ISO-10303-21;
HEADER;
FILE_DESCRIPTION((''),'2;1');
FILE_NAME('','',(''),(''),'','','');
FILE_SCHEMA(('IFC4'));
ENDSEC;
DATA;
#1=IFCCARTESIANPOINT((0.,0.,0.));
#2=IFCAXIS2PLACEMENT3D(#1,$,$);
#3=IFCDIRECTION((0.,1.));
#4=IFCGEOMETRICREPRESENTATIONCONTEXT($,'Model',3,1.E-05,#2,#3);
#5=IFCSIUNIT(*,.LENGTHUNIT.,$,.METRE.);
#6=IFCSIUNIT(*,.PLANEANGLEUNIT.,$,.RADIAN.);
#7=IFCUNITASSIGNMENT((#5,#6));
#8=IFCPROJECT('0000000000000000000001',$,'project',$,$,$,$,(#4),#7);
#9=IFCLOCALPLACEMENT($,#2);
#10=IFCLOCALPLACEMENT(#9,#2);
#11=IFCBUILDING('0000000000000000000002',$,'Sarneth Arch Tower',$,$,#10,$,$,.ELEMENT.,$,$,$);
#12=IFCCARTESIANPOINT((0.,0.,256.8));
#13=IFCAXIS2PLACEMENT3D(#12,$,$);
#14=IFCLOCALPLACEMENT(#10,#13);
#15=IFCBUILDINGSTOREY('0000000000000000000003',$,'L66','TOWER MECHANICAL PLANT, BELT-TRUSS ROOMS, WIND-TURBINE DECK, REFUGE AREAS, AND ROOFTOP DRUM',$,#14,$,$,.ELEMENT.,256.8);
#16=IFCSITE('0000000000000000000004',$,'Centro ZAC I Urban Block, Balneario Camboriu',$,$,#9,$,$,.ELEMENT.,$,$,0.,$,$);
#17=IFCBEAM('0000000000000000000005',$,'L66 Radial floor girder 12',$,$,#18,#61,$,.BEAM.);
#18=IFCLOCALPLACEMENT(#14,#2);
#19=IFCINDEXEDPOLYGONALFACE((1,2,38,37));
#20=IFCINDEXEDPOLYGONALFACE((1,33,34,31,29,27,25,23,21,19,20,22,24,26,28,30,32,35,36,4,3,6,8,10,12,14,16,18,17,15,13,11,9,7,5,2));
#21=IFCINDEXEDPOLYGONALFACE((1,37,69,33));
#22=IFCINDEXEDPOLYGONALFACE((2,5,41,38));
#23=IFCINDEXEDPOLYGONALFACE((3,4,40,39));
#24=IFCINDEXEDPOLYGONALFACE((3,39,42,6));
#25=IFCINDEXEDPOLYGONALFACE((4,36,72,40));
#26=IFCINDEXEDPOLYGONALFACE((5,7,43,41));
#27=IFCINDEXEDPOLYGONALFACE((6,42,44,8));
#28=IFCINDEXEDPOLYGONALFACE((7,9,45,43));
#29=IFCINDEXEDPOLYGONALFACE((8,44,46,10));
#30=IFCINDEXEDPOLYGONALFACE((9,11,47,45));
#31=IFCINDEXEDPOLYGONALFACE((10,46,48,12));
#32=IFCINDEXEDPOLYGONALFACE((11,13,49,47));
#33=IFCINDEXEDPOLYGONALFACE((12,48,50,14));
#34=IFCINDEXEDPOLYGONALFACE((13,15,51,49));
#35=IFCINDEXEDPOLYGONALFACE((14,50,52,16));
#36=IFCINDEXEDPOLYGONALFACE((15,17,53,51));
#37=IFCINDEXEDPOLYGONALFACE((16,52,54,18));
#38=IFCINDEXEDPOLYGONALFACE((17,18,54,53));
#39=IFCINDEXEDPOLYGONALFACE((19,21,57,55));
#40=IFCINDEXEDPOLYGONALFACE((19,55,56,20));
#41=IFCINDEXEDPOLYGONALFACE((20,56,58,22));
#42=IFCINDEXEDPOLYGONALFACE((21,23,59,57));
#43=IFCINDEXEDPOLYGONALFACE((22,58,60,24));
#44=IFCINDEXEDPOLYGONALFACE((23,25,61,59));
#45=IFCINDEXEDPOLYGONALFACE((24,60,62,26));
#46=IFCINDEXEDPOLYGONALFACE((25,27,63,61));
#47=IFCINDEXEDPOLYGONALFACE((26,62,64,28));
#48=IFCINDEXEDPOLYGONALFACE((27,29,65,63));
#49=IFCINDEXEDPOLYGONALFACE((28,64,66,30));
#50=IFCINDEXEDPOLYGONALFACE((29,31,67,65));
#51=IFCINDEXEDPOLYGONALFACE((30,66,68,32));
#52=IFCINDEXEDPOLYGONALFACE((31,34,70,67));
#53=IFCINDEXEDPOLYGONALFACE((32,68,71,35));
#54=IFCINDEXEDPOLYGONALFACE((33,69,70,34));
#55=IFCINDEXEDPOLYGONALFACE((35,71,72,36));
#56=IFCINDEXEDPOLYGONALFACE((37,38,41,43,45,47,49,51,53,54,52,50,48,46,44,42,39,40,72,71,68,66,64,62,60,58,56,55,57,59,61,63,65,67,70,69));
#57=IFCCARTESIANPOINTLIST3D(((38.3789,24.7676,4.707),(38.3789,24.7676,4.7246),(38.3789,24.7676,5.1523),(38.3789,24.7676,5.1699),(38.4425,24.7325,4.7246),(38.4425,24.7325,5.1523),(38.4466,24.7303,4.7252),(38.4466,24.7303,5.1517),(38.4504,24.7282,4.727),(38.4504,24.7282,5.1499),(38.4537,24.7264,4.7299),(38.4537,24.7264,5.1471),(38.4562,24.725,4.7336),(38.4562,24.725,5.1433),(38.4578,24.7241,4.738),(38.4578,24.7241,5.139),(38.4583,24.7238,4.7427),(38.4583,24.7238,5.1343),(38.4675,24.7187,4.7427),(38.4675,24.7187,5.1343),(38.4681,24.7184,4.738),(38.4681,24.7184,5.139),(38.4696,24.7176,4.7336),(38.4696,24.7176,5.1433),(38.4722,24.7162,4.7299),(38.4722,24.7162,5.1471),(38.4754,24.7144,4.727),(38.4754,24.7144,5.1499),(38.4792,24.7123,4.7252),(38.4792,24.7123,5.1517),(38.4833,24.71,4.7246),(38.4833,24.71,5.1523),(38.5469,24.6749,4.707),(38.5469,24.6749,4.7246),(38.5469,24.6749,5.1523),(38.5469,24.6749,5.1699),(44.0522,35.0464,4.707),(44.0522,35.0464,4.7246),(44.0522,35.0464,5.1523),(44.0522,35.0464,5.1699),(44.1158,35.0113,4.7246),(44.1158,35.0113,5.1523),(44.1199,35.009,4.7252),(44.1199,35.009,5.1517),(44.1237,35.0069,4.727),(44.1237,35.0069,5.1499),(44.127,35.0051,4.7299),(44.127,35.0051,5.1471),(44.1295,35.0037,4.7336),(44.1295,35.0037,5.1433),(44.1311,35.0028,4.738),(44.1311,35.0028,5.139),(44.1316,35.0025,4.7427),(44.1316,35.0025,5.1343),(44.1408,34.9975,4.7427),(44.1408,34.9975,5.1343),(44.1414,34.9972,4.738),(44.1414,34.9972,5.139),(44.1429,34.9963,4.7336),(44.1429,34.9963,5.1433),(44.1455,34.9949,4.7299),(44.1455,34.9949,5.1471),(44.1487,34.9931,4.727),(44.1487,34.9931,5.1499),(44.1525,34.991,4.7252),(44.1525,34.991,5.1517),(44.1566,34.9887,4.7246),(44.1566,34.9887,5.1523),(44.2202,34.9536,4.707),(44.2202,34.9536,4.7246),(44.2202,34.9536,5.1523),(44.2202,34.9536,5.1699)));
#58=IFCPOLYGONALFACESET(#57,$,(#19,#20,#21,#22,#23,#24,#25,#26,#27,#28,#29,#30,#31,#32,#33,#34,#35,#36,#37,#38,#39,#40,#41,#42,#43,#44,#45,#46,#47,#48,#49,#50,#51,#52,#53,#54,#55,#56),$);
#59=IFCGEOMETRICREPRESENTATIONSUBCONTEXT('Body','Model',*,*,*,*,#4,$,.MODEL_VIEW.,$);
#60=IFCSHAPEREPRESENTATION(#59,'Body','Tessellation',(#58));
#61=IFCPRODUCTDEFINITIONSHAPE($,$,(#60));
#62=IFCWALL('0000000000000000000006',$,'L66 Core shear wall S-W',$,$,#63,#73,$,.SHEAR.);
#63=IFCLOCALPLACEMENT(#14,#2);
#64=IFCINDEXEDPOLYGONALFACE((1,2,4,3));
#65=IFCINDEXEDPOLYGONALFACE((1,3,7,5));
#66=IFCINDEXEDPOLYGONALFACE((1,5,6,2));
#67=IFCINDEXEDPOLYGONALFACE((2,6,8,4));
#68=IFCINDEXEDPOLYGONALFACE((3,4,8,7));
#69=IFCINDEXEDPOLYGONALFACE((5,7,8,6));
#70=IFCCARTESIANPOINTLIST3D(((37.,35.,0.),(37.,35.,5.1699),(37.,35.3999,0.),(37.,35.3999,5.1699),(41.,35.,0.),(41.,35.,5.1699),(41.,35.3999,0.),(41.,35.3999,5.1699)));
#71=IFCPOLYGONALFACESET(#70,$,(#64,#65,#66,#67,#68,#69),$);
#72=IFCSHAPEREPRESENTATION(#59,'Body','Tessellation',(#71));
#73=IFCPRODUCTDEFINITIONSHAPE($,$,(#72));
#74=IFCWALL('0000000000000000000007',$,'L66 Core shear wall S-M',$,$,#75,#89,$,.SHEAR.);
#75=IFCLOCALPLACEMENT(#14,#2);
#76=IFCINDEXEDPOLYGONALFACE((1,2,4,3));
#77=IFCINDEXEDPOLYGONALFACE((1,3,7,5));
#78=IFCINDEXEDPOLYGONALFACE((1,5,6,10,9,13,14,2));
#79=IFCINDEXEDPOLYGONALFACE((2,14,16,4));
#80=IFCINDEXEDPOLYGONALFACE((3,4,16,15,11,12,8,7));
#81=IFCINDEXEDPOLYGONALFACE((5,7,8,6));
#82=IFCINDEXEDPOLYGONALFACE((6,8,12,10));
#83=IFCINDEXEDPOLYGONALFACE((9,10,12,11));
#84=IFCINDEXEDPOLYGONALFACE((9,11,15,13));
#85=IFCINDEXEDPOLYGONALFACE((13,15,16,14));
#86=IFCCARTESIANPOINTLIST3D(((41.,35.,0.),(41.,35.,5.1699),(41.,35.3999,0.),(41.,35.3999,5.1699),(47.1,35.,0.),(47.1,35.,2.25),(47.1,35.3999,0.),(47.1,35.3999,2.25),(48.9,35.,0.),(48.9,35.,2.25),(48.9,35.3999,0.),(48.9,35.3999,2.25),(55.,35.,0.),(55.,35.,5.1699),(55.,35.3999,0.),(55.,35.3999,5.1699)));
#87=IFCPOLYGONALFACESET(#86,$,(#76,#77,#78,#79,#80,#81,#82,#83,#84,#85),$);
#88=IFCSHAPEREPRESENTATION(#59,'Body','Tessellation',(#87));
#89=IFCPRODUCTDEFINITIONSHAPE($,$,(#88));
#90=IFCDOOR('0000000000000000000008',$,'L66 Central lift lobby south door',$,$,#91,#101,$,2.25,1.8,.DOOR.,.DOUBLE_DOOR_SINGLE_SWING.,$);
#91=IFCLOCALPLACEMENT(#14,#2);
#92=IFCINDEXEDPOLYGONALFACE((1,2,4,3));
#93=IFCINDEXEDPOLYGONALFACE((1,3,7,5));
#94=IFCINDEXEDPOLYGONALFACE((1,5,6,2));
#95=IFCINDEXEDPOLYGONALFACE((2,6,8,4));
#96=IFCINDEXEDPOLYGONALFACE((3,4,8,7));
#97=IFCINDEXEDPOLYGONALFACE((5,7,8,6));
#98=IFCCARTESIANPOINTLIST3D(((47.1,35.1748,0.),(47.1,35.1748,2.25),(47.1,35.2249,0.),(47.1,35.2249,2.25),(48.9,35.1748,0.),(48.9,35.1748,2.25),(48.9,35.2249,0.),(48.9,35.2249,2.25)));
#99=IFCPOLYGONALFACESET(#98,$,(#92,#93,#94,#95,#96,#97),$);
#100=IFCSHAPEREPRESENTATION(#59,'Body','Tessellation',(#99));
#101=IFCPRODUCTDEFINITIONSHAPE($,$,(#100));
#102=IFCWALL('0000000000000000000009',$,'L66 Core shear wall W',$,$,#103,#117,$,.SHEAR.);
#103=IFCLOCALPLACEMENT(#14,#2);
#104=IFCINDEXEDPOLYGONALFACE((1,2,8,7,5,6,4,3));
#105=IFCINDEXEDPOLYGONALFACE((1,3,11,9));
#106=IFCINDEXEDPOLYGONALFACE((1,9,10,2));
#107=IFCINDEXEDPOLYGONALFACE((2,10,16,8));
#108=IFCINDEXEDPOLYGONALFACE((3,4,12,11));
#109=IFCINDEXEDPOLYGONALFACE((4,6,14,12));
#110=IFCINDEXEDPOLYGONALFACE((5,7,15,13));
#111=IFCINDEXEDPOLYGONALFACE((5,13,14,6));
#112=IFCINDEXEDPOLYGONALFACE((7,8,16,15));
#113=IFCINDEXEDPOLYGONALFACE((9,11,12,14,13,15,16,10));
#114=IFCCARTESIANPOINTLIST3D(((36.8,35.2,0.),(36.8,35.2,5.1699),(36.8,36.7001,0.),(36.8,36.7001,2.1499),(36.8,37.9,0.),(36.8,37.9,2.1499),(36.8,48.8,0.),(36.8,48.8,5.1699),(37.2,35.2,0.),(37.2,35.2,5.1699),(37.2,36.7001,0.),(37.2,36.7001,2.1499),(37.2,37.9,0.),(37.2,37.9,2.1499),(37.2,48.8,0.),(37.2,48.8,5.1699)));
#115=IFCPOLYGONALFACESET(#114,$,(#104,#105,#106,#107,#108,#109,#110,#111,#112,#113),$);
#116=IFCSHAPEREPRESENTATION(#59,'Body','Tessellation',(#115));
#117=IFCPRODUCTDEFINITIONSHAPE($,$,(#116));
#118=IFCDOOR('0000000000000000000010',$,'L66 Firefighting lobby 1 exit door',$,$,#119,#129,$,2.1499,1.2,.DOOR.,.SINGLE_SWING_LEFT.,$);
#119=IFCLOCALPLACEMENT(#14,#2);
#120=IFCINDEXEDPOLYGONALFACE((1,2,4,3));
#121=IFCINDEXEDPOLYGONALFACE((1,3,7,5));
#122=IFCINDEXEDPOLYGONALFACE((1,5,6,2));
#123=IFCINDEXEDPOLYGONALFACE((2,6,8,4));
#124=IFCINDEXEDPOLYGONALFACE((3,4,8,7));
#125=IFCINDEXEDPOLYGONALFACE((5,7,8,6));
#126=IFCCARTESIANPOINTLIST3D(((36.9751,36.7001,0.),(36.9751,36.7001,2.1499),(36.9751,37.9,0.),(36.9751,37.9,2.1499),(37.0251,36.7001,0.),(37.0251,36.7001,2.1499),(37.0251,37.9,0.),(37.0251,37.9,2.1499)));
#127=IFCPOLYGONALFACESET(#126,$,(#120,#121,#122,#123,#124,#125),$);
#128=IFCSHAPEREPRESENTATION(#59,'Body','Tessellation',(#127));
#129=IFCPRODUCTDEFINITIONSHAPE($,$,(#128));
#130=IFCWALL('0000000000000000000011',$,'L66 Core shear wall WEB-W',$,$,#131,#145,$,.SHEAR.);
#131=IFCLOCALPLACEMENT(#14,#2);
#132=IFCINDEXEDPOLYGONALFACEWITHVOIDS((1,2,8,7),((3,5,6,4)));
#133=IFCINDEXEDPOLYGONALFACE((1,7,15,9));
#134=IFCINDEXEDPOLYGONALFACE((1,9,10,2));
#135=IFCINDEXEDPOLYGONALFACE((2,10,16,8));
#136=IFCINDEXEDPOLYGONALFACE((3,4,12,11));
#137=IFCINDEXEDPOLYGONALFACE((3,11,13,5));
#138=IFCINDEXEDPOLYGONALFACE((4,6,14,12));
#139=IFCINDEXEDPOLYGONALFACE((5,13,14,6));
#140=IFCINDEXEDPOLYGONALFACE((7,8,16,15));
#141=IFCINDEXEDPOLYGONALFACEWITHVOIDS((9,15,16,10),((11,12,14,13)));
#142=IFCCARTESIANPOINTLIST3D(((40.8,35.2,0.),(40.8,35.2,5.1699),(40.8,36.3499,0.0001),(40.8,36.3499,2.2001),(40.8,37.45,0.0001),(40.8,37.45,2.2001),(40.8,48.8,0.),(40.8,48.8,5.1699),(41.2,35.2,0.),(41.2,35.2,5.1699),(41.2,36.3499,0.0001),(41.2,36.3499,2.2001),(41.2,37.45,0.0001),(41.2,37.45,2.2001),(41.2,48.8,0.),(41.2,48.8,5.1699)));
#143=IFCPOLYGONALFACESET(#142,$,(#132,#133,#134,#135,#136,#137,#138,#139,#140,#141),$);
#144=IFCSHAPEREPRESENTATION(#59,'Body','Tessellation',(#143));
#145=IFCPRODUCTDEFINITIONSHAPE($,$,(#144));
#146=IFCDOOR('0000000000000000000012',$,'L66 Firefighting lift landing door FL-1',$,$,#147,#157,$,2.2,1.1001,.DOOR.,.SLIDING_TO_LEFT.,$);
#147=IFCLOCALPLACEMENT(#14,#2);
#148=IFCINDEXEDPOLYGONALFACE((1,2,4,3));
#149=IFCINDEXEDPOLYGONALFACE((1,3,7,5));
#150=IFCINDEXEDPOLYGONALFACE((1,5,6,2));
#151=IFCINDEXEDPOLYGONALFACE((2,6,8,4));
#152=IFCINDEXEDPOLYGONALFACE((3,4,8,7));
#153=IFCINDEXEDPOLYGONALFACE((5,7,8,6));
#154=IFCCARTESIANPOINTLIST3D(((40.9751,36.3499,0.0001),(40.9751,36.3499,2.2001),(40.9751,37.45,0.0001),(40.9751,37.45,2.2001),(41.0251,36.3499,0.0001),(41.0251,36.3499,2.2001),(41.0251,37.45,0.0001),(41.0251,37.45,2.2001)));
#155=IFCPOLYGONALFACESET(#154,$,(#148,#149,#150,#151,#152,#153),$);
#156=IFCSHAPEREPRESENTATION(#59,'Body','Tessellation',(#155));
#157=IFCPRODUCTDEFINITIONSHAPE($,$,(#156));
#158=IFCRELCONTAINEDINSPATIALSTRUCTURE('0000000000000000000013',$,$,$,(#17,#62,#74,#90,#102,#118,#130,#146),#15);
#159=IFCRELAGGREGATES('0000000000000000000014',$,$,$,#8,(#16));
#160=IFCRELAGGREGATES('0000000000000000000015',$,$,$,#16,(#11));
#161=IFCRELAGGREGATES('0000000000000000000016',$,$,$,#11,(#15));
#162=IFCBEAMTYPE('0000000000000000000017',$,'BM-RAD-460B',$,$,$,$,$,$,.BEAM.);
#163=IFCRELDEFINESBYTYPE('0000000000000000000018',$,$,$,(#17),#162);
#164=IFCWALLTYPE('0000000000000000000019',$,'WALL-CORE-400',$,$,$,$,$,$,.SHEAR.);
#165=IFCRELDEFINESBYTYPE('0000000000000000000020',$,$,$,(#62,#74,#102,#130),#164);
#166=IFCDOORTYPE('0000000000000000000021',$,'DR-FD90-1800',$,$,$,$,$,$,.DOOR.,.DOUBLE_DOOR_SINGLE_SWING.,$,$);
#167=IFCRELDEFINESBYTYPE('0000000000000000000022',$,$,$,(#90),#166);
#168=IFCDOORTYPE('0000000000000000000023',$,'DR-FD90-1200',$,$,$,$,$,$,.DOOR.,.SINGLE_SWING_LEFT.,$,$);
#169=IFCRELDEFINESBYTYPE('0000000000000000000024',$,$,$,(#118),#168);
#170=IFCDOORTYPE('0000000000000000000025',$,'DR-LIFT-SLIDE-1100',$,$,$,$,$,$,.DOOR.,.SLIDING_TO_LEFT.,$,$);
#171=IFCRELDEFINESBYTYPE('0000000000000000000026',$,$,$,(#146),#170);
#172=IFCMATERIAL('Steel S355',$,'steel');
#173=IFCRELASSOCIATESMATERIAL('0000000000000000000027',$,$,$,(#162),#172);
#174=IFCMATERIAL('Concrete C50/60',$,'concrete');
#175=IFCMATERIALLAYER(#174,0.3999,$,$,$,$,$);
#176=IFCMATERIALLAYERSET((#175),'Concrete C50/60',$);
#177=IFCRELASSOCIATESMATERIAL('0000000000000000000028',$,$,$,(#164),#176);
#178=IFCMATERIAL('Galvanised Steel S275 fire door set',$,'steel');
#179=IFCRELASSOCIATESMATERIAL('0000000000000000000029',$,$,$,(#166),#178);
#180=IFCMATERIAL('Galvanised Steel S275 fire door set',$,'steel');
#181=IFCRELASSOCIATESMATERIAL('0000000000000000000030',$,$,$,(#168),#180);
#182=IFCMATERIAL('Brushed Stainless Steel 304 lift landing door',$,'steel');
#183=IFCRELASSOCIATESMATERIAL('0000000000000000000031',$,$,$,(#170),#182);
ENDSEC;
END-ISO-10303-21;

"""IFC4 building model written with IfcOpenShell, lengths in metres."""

from ifc_helpers import new_model, si_unit, direction, frame, frame_2d, origin, origin_2d, place, context, subcontext, project, spatial, rectangle, i_section, extrude, material, layer, layer_set, material_profile, profile_set, type_object, element, fill, save


model = new_model("IFC4")

# Units and contexts
model_context = context("Model", 3, precision=1e-05, world=origin(), true_north=direction((0.0, 1.0)))
body_context = subcontext(model_context, "Body", "Model", "MODEL_VIEW")
ifc_project = project(units=[si_unit("LENGTHUNIT", "METRE"), si_unit("PLANEANGLEUNIT", "RADIAN")], contexts=[model_context])

# Site, building, storey
site_placement = place(None, origin())
site = spatial("IfcSite", under=ifc_project, at=site_placement, Name="Centro ZAC I Urban Block, Balneario Camboriu", CompositionType="ELEMENT", RefElevation=0.0)
building_placement = place(site_placement, origin())
building = spatial("IfcBuilding", under=site, at=building_placement, Name="Sarneth Arch Tower", CompositionType="ELEMENT")
storey_placement = place(building_placement, frame((0.0, 0.0, 256.8)))
storey = spatial("IfcBuildingStorey", under=building, at=storey_placement, Name="L66", Description="TOWER MECHANICAL PLANT, BELT-TRUSS ROOMS, WIND-TURBINE DECK, REFUGE AREAS, AND ROOFTOP DRUM", CompositionType="ELEMENT", Elevation=256.8)

# Beam
ifc_material_1 = material(Name="Steel S355", Category="steel")
ifc_material_profile_1 = material_profile(ifc_material_1, i_section(OverallWidth=0.1919, OverallDepth=0.4629, WebThickness=0.0105, FlangeThickness=0.0176, FilletRadius=0.0181, at=origin_2d()), Name="W460x89")
ifc_profile_set_1 = profile_set([ifc_material_profile_1], Name="Steel S355")
beam_type_1 = type_object("IfcBeamType", Name="BM-RAD-460B", PredefinedType="BEAM", material=ifc_profile_set_1)
beam_1_placement = place(storey_placement, frame((44.1362, 35.0, 4.9385), z_axis=(-0.483226, -0.875496, 0.0), x_axis=(0.875496, -0.483226, 0.0)))
element("IfcBeam", 1, at=beam_1_placement, inside=storey, type_object=beam_type_1, Name="L66 Radial floor girder 12", PredefinedType="BEAM", context=body_context, shape_type="SweptSolid", body=[
    extrude(i_section(OverallWidth=0.1919, OverallDepth=0.4629, WebThickness=0.0105, FlangeThickness=0.0176, FilletRadius=0.0181, at=origin_2d()), origin(), (0.0, 0.0, 1.0), 11.7405),
])

# Wall
ifc_material_2 = material(Name="Concrete C50/60", Category="concrete")
ifc_layer_1 = layer(ifc_material_2, 0.3999)
ifc_layer_set_1 = layer_set([ifc_layer_1], Name="Concrete C50/60")
wall_type_1 = type_object("IfcWallType", Name="WALL-CORE-400", PredefinedType="SHEAR", material=ifc_layer_set_1)
wall_1_placement = place(storey_placement, frame((37.0, 35.2, 0.0), z_axis=(0.0, 0.0, 1.0), x_axis=(1.0, 0.0, 0.0)))
element("IfcWall", 2, at=wall_1_placement, inside=storey, type_object=wall_type_1, Name="L66 Core shear wall S-W", PredefinedType="SHEAR", context=body_context, shape_type="SweptSolid", body=[
    extrude(rectangle(XDim=4.0, YDim=0.3999, at=frame_2d((2.0, 0.0))), origin(), (0.0, 0.0, 1.0), 5.1699),
])

# Walls, openings, doors
wall_2_placement = place(storey_placement, frame((41.0, 35.2, 0.0), z_axis=(0.0, 0.0, 1.0), x_axis=(1.0, 0.0, 0.0)))
wall_2 = element("IfcWall", 3, at=wall_2_placement, inside=storey, type_object=wall_type_1, Name="L66 Core shear wall S-M", PredefinedType="SHEAR", context=body_context, shape_type="SweptSolid", body=[
    extrude(rectangle(XDim=14.0, YDim=0.3999, at=frame_2d((7.0, 0.0))), origin(), (0.0, 0.0, 1.0), 5.1699),
])
opening_1_placement = place(wall_2_placement, frame((6.1001, 0.0, 0.0)))
opening_1 = element("IfcOpeningElement", 4, at=opening_1_placement, cuts=wall_2, PredefinedType="OPENING", context=body_context, shape_type="SweptSolid", body=[
    extrude(rectangle(XDim=1.8, YDim=2.25, at=frame_2d((0.8999, 1.125))), frame((0.0, 0.21, 0.0), z_axis=(0.0, -1.0, 0.0), x_axis=(1.0, 0.0, 0.0)), (0.0, 0.0, 1.0), 0.4199),
])
ifc_material_3 = material(Name="Galvanised Steel S275 fire door set", Category="steel")
door_type_1 = type_object("IfcDoorType", Name="DR-FD90-1800", OperationType="DOUBLE_DOOR_SINGLE_SWING", PredefinedType="DOOR", material=ifc_material_3)
door_1_placement = place(opening_1_placement, origin())
door_1 = element("IfcDoor", 5, at=door_1_placement, inside=storey, type_object=door_type_1, Name="L66 Central lift lobby south door", OperationType="DOUBLE_DOOR_SINGLE_SWING", OverallHeight=2.25, OverallWidth=1.8, PredefinedType="DOOR", context=body_context, shape_type="SweptSolid", body=[
    extrude(rectangle(XDim=1.8, YDim=2.25, at=frame_2d((0.8999, 1.125))), frame((0.0, 0.0249, 0.0), z_axis=(0.0, -1.0, 0.0), x_axis=(1.0, 0.0, 0.0)), (0.0, 0.0, 1.0), 0.05),
])
fill(opening_1, door_1)
wall_3_placement = place(storey_placement, frame((37.0, 35.2, 0.0), z_axis=(0.0, 0.0, 1.0), x_axis=(0.0, 1.0, 0.0)))
wall_3 = element("IfcWall", 6, at=wall_3_placement, inside=storey, type_object=wall_type_1, Name="L66 Core shear wall W", PredefinedType="SHEAR", context=body_context, shape_type="SweptSolid", body=[
    extrude(rectangle(XDim=13.6001, YDim=0.3999, at=frame_2d((6.8, 0.0))), origin(), (0.0, 0.0, 1.0), 5.1699),
])
opening_2_placement = place(wall_3_placement, frame((1.5, 0.0, 0.0)))
opening_2 = element("IfcOpeningElement", 7, at=opening_2_placement, cuts=wall_3, PredefinedType="OPENING", context=body_context, shape_type="SweptSolid", body=[
    extrude(rectangle(XDim=1.2, YDim=2.1499, at=frame_2d((0.6001, 1.075))), frame((0.0, 0.21, 0.0), z_axis=(0.0, -1.0, 0.0), x_axis=(1.0, 0.0, 0.0)), (0.0, 0.0, 1.0), 0.4199),
])
ifc_material_4 = material(Name="Galvanised Steel S275 fire door set", Category="steel")
door_type_2 = type_object("IfcDoorType", Name="DR-FD90-1200", OperationType="SINGLE_SWING_LEFT", PredefinedType="DOOR", material=ifc_material_4)
door_2_placement = place(opening_2_placement, origin())
door_2 = element("IfcDoor", 8, at=door_2_placement, inside=storey, type_object=door_type_2, Name="L66 Firefighting lobby 1 exit door", OperationType="SINGLE_SWING_LEFT", OverallHeight=2.1499, OverallWidth=1.2, PredefinedType="DOOR", context=body_context, shape_type="SweptSolid", body=[
    extrude(rectangle(XDim=1.2, YDim=2.1499, at=frame_2d((0.6001, 1.075))), frame((0.0, 0.0249, 0.0), z_axis=(0.0, -1.0, 0.0), x_axis=(1.0, 0.0, 0.0)), (0.0, 0.0, 1.0), 0.05),
])
fill(opening_2, door_2)
wall_4_placement = place(storey_placement, frame((41.0, 35.2, 0.0), z_axis=(0.0, 0.0, 1.0), x_axis=(0.0, 1.0, 0.0)))
wall_4 = element("IfcWall", 9, at=wall_4_placement, inside=storey, type_object=wall_type_1, Name="L66 Core shear wall WEB-W", PredefinedType="SHEAR", context=body_context, shape_type="SweptSolid", body=[
    extrude(rectangle(XDim=13.6001, YDim=0.3999, at=frame_2d((6.8, 0.0))), origin(), (0.0, 0.0, 1.0), 5.1699),
])
opening_3_placement = place(wall_4_placement, frame((1.1499, 0.0, 0.0)))
opening_3 = element("IfcOpeningElement", 10, at=opening_3_placement, cuts=wall_4, PredefinedType="OPENING", context=body_context, shape_type="SweptSolid", body=[
    extrude(rectangle(XDim=1.1001, YDim=2.2, at=frame_2d((0.55, 1.1001))), frame((0.0, 0.21, 0.0), z_axis=(0.0, -1.0, 0.0), x_axis=(1.0, 0.0, 0.0)), (0.0, 0.0, 1.0), 0.4199),
])
ifc_material_5 = material(Name="Brushed Stainless Steel 304 lift landing door", Category="steel")
door_type_3 = type_object("IfcDoorType", Name="DR-LIFT-SLIDE-1100", OperationType="SLIDING_TO_LEFT", PredefinedType="DOOR", material=ifc_material_5)
door_3_placement = place(opening_3_placement, origin())
door_3 = element("IfcDoor", 11, at=door_3_placement, inside=storey, type_object=door_type_3, Name="L66 Firefighting lift landing door FL-1", OperationType="SLIDING_TO_LEFT", OverallHeight=2.2, OverallWidth=1.1001, PredefinedType="DOOR", context=body_context, shape_type="SweptSolid", body=[
    extrude(rectangle(XDim=1.1001, YDim=2.2, at=frame_2d((0.55, 1.1001))), frame((0.0, 0.0249, 0.0), z_axis=(0.0, -1.0, 0.0), x_axis=(1.0, 0.0, 0.0)), (0.0, 0.0, 1.0), 0.05),
])
fill(opening_3, door_3)

save(model, "model.ifc")
